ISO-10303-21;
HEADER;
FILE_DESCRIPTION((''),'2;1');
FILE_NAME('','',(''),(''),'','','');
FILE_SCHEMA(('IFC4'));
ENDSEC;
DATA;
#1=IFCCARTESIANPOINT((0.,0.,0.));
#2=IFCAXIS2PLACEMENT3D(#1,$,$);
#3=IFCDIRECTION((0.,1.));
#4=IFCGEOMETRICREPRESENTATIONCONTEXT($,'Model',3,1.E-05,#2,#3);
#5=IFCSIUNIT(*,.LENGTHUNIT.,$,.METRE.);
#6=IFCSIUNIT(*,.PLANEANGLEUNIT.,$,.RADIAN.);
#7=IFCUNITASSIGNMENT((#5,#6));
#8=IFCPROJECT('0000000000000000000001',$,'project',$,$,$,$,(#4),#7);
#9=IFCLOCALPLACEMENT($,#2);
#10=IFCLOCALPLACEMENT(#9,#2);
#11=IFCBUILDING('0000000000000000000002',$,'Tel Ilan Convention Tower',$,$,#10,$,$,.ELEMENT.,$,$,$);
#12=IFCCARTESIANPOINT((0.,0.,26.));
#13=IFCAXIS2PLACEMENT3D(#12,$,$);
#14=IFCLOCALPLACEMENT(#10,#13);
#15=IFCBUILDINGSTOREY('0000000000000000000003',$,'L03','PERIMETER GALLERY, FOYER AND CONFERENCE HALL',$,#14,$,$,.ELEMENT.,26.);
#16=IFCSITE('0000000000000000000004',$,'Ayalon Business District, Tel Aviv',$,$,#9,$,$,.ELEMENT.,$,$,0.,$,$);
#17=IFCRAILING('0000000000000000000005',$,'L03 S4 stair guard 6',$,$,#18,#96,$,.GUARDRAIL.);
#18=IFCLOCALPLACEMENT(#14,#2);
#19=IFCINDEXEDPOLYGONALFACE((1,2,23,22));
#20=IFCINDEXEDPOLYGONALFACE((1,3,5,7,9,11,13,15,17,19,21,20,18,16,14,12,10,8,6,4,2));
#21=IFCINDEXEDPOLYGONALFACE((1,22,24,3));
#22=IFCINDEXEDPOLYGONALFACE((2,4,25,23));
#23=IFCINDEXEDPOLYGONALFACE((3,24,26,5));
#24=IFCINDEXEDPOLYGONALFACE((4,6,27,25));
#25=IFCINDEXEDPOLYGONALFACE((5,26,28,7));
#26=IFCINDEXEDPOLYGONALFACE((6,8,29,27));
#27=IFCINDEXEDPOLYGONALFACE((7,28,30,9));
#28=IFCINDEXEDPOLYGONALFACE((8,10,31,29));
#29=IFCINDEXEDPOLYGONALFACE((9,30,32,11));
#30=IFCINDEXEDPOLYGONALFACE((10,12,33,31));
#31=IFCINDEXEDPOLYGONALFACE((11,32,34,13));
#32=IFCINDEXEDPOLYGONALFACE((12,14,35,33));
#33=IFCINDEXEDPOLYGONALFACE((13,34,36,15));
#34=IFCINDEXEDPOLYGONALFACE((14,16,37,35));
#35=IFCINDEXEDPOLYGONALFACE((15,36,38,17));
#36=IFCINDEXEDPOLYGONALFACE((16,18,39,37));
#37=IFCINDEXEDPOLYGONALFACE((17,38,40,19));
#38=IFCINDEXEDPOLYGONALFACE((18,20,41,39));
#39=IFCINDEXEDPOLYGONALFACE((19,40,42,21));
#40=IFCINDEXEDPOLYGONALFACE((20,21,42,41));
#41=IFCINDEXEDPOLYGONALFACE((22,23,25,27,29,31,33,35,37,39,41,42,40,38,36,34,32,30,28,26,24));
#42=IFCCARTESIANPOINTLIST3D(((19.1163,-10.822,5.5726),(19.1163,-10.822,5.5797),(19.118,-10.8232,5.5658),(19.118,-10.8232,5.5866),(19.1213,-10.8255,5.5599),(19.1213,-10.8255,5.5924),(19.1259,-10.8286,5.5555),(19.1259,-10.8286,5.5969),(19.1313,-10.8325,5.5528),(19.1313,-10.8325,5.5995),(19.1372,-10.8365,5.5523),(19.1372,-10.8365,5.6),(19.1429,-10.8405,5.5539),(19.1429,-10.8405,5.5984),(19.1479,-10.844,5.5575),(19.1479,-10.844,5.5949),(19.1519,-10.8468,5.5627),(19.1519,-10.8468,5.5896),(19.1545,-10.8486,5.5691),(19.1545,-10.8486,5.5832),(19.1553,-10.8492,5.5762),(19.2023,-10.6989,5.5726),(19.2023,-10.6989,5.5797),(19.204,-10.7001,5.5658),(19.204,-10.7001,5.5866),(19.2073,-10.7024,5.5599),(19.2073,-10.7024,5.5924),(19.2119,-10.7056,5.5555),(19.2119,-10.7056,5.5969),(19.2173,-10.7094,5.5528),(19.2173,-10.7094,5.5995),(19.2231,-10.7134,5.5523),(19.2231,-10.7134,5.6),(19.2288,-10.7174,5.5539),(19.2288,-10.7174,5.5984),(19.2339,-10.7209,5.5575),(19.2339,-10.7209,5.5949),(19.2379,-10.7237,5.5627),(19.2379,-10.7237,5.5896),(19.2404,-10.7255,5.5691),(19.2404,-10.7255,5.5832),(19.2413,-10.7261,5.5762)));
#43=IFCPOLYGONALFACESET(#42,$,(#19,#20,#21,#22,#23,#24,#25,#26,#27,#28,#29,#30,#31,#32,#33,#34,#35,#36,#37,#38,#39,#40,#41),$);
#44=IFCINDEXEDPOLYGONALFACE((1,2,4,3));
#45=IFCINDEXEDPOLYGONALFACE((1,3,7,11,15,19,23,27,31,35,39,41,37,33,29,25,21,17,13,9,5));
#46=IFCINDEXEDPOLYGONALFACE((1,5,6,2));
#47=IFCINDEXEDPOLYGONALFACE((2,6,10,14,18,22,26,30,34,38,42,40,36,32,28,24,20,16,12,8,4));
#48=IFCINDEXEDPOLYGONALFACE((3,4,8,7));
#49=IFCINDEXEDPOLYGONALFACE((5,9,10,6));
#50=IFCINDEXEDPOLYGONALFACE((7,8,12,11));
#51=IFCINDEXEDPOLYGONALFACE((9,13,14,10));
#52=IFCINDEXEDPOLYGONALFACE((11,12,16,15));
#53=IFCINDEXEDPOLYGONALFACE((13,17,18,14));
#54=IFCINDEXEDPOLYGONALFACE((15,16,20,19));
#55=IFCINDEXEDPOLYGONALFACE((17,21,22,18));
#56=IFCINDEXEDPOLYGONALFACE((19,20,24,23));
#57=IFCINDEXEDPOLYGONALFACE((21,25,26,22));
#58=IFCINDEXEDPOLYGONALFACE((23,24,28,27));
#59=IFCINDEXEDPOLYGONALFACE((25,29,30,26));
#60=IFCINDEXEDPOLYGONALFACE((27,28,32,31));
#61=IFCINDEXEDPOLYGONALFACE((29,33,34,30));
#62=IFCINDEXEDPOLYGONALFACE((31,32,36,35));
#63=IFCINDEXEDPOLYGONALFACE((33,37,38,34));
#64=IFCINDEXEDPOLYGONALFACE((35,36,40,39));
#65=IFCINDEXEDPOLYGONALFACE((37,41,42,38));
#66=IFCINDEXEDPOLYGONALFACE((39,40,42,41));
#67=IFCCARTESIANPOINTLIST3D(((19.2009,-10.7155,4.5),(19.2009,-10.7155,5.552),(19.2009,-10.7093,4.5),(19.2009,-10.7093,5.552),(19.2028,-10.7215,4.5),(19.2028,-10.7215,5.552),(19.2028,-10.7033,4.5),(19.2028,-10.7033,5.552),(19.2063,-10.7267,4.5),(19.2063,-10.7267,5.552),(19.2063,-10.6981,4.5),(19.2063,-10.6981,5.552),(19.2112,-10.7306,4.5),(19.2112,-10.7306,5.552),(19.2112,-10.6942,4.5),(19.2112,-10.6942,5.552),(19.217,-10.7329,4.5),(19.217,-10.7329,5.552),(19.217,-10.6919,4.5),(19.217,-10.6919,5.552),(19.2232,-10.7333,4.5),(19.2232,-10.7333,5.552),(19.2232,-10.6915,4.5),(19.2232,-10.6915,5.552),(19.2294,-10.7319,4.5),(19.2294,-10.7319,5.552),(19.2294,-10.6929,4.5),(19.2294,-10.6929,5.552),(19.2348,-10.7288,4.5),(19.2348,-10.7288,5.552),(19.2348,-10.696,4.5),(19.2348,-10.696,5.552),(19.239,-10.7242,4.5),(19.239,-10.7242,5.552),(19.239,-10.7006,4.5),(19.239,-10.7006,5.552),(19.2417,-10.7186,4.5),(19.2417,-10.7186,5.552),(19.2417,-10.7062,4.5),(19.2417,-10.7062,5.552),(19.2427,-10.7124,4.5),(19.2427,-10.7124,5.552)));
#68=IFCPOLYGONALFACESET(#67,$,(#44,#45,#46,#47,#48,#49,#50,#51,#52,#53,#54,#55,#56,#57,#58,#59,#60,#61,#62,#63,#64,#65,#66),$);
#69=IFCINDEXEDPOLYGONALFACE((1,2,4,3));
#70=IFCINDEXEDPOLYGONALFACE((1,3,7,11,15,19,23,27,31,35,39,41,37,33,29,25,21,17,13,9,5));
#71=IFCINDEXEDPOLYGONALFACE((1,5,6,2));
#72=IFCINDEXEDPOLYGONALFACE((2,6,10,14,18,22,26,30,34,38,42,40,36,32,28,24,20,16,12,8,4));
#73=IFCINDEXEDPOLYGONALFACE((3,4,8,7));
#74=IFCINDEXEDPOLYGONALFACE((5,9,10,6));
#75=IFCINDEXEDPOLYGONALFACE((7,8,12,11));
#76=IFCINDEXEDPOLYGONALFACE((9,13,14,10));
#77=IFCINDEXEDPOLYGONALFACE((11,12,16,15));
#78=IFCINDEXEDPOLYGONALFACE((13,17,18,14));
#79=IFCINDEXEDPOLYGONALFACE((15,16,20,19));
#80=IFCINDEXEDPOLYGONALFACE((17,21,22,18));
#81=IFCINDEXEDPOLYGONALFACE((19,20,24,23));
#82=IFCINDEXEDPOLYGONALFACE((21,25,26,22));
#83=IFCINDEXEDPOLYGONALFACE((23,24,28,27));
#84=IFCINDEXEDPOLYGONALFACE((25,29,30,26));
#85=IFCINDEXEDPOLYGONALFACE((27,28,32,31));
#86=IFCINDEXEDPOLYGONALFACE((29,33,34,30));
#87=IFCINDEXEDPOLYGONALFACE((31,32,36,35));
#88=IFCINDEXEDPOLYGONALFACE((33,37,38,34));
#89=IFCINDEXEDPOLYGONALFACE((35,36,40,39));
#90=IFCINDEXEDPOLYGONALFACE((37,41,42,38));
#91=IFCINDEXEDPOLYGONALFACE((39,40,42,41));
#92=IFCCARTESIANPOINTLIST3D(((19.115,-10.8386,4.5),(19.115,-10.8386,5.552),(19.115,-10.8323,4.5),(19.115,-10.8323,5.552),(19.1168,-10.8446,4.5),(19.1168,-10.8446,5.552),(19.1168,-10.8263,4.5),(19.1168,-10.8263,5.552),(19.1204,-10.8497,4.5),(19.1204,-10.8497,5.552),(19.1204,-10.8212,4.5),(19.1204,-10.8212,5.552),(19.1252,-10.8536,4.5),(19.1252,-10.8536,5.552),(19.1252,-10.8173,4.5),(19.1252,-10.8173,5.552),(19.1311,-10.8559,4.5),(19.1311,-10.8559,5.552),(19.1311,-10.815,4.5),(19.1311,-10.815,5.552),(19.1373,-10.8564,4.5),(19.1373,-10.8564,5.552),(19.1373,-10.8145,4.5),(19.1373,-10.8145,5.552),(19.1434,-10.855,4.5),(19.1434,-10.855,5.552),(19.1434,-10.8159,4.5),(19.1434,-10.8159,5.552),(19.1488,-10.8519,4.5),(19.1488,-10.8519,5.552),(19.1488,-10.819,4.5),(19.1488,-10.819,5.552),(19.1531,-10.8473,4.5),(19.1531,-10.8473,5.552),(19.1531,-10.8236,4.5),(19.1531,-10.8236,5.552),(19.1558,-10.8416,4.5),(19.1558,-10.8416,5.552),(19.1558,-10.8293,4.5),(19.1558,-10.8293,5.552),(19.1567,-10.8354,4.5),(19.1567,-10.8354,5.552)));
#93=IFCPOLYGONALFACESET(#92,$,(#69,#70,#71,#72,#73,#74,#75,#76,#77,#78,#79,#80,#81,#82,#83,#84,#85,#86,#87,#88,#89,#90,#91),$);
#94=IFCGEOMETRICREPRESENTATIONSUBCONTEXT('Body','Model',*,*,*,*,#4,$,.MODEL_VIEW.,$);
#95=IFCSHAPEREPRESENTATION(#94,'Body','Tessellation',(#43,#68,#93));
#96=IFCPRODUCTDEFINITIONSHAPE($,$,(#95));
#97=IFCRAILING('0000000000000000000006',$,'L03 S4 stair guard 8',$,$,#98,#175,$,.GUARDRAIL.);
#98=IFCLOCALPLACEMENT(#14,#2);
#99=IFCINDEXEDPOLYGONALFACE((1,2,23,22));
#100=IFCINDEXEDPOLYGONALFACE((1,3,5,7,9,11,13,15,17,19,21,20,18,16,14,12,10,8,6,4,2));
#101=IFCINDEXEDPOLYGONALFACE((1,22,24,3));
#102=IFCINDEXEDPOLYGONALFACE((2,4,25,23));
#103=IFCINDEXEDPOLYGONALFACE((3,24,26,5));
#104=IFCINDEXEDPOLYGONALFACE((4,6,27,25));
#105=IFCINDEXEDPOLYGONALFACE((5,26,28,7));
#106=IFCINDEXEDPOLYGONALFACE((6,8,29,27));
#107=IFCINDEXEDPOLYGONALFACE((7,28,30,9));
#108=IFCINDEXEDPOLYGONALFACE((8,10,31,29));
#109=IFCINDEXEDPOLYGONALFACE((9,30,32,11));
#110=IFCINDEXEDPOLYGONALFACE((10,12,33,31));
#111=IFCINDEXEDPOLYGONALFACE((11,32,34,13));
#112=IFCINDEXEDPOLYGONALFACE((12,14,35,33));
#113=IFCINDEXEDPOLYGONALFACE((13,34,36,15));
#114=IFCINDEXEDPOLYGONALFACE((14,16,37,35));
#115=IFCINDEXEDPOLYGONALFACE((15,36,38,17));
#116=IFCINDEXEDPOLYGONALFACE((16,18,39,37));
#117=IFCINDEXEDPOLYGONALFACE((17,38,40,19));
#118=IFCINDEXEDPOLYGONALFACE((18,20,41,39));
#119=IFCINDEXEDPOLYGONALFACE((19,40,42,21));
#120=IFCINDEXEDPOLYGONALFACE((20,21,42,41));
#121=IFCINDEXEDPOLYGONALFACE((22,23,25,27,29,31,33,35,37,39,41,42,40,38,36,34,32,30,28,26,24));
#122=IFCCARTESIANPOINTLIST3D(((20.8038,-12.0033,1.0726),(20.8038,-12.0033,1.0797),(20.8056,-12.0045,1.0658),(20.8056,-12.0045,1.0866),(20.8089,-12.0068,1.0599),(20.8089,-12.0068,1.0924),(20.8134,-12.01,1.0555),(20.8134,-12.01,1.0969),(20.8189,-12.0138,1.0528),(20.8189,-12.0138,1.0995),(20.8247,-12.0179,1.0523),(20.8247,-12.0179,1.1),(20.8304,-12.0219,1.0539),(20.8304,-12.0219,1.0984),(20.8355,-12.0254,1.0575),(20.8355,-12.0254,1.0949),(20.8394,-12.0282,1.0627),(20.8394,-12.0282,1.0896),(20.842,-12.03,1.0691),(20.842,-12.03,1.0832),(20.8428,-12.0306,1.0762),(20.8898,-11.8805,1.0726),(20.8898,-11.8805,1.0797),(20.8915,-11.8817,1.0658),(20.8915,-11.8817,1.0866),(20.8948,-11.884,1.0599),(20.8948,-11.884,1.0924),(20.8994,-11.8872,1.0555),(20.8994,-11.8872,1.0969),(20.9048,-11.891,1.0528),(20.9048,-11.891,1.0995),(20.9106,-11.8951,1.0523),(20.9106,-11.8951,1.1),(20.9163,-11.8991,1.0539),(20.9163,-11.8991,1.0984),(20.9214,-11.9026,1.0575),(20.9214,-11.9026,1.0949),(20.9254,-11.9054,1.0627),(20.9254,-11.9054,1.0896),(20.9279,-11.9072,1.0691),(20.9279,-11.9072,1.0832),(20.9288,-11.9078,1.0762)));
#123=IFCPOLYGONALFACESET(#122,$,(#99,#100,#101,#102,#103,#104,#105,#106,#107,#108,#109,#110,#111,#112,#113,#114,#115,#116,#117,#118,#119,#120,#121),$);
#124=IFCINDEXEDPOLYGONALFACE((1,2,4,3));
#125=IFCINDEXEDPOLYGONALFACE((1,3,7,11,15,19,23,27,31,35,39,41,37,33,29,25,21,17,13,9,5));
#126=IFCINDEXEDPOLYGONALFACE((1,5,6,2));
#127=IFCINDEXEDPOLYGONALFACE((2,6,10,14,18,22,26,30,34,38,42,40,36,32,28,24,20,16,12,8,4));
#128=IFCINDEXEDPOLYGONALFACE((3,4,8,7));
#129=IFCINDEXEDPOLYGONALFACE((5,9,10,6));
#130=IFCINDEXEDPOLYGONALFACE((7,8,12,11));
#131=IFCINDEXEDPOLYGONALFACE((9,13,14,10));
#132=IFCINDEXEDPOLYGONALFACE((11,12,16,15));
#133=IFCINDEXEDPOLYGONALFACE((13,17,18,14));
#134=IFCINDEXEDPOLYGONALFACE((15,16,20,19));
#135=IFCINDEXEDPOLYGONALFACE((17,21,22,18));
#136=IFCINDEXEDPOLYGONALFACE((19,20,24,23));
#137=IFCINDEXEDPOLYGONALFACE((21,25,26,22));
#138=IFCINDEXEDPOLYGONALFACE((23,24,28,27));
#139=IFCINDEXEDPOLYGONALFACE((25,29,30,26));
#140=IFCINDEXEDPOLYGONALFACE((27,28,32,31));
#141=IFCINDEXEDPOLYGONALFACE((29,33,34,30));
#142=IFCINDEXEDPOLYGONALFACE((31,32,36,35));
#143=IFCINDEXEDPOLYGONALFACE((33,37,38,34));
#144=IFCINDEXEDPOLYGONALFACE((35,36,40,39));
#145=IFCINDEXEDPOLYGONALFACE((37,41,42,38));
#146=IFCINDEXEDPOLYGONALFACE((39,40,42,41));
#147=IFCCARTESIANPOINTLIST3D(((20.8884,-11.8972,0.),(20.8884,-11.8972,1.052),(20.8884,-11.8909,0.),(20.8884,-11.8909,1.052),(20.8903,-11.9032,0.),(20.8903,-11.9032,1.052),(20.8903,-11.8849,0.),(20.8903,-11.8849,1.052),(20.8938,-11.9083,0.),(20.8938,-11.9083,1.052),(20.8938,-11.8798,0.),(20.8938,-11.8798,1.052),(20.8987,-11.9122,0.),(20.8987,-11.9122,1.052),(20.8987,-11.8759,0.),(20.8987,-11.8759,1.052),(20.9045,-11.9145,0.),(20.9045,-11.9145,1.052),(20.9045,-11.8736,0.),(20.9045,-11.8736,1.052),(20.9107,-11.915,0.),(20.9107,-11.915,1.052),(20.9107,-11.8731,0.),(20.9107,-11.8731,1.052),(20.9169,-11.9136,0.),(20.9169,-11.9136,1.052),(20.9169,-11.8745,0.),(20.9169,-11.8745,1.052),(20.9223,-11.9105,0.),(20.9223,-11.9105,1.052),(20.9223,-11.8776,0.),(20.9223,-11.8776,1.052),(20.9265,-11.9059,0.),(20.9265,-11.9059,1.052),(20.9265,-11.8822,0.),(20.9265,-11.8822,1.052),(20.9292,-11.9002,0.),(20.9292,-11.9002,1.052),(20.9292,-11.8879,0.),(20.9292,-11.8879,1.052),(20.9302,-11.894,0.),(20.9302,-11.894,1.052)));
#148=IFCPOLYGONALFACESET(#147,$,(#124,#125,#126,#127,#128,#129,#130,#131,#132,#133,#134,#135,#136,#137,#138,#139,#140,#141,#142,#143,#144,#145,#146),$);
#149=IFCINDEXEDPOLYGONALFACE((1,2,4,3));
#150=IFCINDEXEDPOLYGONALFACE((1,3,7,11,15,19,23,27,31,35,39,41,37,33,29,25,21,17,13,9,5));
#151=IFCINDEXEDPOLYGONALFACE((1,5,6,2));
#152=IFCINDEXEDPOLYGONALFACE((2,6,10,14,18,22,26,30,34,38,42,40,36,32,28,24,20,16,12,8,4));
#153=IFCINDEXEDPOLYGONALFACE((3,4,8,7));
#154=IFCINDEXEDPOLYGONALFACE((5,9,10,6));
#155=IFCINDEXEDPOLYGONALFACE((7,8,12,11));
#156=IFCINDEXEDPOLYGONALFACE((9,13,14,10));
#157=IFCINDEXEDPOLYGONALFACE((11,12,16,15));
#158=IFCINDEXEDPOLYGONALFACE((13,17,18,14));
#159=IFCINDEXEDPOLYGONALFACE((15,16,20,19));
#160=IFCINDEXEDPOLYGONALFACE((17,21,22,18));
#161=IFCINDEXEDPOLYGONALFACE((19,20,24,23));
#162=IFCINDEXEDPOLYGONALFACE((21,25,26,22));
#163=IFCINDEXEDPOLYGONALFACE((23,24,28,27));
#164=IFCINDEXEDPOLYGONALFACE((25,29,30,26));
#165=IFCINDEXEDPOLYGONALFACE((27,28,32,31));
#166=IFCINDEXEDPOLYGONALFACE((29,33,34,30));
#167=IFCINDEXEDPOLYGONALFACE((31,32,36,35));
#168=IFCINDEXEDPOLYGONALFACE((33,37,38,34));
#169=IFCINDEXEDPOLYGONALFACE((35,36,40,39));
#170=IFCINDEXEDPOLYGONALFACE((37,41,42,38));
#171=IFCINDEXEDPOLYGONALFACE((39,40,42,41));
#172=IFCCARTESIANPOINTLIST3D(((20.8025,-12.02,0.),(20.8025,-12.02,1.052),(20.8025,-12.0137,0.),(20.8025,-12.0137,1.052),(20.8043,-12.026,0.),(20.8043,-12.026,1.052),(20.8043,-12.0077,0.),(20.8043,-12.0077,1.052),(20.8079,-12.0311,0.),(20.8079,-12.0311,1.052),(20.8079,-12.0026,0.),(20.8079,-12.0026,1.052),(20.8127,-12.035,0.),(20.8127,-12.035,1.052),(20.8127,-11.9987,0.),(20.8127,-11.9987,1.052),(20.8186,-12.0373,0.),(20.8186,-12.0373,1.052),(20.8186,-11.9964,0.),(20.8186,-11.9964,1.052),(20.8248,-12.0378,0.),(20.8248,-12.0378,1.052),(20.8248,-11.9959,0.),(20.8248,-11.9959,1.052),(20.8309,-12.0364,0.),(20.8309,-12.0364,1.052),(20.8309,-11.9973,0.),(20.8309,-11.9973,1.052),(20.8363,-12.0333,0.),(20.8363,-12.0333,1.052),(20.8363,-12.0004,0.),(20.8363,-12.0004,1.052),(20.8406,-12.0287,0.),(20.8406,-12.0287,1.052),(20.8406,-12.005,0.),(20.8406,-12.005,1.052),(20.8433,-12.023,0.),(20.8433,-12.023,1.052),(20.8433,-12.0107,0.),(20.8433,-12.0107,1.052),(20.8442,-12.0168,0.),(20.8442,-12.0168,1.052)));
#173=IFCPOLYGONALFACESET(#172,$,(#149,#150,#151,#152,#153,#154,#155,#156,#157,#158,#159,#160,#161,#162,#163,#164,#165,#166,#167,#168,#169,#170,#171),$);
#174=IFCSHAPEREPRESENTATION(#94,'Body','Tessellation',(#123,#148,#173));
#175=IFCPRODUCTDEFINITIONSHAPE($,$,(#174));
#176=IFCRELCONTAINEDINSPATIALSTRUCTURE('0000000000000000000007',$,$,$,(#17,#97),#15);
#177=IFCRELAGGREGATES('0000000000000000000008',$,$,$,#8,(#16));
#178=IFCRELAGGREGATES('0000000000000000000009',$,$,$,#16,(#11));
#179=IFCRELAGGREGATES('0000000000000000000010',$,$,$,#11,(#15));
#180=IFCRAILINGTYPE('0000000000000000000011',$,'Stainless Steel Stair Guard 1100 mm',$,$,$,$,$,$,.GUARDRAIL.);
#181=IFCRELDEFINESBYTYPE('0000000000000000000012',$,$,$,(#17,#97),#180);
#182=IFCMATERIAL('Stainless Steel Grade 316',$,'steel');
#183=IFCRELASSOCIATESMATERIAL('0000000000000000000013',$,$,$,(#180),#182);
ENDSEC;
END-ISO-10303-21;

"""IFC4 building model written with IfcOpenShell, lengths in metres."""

from ifc_helpers import new_model, si_unit, direction, frame, origin, origin_2d, place, context, subcontext, project, spatial, circle, extrude, material, type_object, element, save


model = new_model("IFC4")

# Units and contexts
model_context = context("Model", 3, precision=1e-05, world=origin(), true_north=direction((0.0, 1.0)))
body_context = subcontext(model_context, "Body", "Model", "MODEL_VIEW")
ifc_project = project(units=[si_unit("LENGTHUNIT", "METRE"), si_unit("PLANEANGLEUNIT", "RADIAN")], contexts=[model_context])

# Site, building, storey
site_placement = place(None, origin())
site = spatial("IfcSite", under=ifc_project, at=site_placement, Name="Ayalon Business District, Tel Aviv", CompositionType="ELEMENT", RefElevation=0.0)
building_placement = place(site_placement, origin())
building = spatial("IfcBuilding", under=site, at=building_placement, Name="Tel Ilan Convention Tower", CompositionType="ELEMENT")
storey_placement = place(building_placement, frame((0.0, 0.0, 26.0)))
storey = spatial("IfcBuildingStorey", under=building, at=storey_placement, Name="L03", Description="PERIMETER GALLERY, FOYER AND CONFERENCE HALL", CompositionType="ELEMENT", Elevation=26.0)

# Railings
ifc_material_1 = material(Name="Stainless Steel Grade 316", Category="steel")
railing_type_1 = type_object("IfcRailingType", Name="Stainless Steel Stair Guard 1100 mm", PredefinedType="GUARDRAIL", material=ifc_material_1)
railing_1_placement = place(storey_placement, frame((19.2217, -10.7124, 4.5)))
element("IfcRailing", 1, at=railing_1_placement, inside=storey, type_object=railing_type_1, Name="L03 S4 stair guard 6", PredefinedType="GUARDRAIL", context=body_context, shape_type="SweptSolid", body=[
    extrude(circle(Radius=0.0239, at=origin_2d()), frame((0.0, 0.0, 1.0762), z_axis=(-0.572589, -0.819843, 0.0), x_axis=(0.819843, -0.572589, 0.0)), (0.0, 0.0, 1.0), 0.1501),
    extrude(circle(Radius=0.021, at=origin_2d()), origin(), (0.0, 0.0, 1.0), 1.052),
    extrude(circle(Radius=0.021, at=origin_2d()), frame((-0.0859, -0.123, 0.0)), (0.0, 0.0, 1.0), 1.052),
])
railing_2_placement = place(storey_placement, frame((20.9092, -11.894, 0.0)))
element("IfcRailing", 2, at=railing_2_placement, inside=storey, type_object=railing_type_1, Name="L03 S4 stair guard 8", PredefinedType="GUARDRAIL", context=body_context, shape_type="SweptSolid", body=[
    extrude(circle(Radius=0.0239, at=origin_2d()), frame((0.0, 0.0, 1.0762), z_axis=(-0.573353, -0.819308, 0.0), x_axis=(0.819308, -0.573353, 0.0)), (0.0, 0.0, 1.0), 0.1499),
    extrude(circle(Radius=0.021, at=origin_2d()), origin(), (0.0, 0.0, 1.0), 1.052),
    extrude(circle(Radius=0.021, at=origin_2d()), frame((-0.0859, -0.1228, 0.0)), (0.0, 0.0, 1.0), 1.052),
])

save(model, "model.ifc")
